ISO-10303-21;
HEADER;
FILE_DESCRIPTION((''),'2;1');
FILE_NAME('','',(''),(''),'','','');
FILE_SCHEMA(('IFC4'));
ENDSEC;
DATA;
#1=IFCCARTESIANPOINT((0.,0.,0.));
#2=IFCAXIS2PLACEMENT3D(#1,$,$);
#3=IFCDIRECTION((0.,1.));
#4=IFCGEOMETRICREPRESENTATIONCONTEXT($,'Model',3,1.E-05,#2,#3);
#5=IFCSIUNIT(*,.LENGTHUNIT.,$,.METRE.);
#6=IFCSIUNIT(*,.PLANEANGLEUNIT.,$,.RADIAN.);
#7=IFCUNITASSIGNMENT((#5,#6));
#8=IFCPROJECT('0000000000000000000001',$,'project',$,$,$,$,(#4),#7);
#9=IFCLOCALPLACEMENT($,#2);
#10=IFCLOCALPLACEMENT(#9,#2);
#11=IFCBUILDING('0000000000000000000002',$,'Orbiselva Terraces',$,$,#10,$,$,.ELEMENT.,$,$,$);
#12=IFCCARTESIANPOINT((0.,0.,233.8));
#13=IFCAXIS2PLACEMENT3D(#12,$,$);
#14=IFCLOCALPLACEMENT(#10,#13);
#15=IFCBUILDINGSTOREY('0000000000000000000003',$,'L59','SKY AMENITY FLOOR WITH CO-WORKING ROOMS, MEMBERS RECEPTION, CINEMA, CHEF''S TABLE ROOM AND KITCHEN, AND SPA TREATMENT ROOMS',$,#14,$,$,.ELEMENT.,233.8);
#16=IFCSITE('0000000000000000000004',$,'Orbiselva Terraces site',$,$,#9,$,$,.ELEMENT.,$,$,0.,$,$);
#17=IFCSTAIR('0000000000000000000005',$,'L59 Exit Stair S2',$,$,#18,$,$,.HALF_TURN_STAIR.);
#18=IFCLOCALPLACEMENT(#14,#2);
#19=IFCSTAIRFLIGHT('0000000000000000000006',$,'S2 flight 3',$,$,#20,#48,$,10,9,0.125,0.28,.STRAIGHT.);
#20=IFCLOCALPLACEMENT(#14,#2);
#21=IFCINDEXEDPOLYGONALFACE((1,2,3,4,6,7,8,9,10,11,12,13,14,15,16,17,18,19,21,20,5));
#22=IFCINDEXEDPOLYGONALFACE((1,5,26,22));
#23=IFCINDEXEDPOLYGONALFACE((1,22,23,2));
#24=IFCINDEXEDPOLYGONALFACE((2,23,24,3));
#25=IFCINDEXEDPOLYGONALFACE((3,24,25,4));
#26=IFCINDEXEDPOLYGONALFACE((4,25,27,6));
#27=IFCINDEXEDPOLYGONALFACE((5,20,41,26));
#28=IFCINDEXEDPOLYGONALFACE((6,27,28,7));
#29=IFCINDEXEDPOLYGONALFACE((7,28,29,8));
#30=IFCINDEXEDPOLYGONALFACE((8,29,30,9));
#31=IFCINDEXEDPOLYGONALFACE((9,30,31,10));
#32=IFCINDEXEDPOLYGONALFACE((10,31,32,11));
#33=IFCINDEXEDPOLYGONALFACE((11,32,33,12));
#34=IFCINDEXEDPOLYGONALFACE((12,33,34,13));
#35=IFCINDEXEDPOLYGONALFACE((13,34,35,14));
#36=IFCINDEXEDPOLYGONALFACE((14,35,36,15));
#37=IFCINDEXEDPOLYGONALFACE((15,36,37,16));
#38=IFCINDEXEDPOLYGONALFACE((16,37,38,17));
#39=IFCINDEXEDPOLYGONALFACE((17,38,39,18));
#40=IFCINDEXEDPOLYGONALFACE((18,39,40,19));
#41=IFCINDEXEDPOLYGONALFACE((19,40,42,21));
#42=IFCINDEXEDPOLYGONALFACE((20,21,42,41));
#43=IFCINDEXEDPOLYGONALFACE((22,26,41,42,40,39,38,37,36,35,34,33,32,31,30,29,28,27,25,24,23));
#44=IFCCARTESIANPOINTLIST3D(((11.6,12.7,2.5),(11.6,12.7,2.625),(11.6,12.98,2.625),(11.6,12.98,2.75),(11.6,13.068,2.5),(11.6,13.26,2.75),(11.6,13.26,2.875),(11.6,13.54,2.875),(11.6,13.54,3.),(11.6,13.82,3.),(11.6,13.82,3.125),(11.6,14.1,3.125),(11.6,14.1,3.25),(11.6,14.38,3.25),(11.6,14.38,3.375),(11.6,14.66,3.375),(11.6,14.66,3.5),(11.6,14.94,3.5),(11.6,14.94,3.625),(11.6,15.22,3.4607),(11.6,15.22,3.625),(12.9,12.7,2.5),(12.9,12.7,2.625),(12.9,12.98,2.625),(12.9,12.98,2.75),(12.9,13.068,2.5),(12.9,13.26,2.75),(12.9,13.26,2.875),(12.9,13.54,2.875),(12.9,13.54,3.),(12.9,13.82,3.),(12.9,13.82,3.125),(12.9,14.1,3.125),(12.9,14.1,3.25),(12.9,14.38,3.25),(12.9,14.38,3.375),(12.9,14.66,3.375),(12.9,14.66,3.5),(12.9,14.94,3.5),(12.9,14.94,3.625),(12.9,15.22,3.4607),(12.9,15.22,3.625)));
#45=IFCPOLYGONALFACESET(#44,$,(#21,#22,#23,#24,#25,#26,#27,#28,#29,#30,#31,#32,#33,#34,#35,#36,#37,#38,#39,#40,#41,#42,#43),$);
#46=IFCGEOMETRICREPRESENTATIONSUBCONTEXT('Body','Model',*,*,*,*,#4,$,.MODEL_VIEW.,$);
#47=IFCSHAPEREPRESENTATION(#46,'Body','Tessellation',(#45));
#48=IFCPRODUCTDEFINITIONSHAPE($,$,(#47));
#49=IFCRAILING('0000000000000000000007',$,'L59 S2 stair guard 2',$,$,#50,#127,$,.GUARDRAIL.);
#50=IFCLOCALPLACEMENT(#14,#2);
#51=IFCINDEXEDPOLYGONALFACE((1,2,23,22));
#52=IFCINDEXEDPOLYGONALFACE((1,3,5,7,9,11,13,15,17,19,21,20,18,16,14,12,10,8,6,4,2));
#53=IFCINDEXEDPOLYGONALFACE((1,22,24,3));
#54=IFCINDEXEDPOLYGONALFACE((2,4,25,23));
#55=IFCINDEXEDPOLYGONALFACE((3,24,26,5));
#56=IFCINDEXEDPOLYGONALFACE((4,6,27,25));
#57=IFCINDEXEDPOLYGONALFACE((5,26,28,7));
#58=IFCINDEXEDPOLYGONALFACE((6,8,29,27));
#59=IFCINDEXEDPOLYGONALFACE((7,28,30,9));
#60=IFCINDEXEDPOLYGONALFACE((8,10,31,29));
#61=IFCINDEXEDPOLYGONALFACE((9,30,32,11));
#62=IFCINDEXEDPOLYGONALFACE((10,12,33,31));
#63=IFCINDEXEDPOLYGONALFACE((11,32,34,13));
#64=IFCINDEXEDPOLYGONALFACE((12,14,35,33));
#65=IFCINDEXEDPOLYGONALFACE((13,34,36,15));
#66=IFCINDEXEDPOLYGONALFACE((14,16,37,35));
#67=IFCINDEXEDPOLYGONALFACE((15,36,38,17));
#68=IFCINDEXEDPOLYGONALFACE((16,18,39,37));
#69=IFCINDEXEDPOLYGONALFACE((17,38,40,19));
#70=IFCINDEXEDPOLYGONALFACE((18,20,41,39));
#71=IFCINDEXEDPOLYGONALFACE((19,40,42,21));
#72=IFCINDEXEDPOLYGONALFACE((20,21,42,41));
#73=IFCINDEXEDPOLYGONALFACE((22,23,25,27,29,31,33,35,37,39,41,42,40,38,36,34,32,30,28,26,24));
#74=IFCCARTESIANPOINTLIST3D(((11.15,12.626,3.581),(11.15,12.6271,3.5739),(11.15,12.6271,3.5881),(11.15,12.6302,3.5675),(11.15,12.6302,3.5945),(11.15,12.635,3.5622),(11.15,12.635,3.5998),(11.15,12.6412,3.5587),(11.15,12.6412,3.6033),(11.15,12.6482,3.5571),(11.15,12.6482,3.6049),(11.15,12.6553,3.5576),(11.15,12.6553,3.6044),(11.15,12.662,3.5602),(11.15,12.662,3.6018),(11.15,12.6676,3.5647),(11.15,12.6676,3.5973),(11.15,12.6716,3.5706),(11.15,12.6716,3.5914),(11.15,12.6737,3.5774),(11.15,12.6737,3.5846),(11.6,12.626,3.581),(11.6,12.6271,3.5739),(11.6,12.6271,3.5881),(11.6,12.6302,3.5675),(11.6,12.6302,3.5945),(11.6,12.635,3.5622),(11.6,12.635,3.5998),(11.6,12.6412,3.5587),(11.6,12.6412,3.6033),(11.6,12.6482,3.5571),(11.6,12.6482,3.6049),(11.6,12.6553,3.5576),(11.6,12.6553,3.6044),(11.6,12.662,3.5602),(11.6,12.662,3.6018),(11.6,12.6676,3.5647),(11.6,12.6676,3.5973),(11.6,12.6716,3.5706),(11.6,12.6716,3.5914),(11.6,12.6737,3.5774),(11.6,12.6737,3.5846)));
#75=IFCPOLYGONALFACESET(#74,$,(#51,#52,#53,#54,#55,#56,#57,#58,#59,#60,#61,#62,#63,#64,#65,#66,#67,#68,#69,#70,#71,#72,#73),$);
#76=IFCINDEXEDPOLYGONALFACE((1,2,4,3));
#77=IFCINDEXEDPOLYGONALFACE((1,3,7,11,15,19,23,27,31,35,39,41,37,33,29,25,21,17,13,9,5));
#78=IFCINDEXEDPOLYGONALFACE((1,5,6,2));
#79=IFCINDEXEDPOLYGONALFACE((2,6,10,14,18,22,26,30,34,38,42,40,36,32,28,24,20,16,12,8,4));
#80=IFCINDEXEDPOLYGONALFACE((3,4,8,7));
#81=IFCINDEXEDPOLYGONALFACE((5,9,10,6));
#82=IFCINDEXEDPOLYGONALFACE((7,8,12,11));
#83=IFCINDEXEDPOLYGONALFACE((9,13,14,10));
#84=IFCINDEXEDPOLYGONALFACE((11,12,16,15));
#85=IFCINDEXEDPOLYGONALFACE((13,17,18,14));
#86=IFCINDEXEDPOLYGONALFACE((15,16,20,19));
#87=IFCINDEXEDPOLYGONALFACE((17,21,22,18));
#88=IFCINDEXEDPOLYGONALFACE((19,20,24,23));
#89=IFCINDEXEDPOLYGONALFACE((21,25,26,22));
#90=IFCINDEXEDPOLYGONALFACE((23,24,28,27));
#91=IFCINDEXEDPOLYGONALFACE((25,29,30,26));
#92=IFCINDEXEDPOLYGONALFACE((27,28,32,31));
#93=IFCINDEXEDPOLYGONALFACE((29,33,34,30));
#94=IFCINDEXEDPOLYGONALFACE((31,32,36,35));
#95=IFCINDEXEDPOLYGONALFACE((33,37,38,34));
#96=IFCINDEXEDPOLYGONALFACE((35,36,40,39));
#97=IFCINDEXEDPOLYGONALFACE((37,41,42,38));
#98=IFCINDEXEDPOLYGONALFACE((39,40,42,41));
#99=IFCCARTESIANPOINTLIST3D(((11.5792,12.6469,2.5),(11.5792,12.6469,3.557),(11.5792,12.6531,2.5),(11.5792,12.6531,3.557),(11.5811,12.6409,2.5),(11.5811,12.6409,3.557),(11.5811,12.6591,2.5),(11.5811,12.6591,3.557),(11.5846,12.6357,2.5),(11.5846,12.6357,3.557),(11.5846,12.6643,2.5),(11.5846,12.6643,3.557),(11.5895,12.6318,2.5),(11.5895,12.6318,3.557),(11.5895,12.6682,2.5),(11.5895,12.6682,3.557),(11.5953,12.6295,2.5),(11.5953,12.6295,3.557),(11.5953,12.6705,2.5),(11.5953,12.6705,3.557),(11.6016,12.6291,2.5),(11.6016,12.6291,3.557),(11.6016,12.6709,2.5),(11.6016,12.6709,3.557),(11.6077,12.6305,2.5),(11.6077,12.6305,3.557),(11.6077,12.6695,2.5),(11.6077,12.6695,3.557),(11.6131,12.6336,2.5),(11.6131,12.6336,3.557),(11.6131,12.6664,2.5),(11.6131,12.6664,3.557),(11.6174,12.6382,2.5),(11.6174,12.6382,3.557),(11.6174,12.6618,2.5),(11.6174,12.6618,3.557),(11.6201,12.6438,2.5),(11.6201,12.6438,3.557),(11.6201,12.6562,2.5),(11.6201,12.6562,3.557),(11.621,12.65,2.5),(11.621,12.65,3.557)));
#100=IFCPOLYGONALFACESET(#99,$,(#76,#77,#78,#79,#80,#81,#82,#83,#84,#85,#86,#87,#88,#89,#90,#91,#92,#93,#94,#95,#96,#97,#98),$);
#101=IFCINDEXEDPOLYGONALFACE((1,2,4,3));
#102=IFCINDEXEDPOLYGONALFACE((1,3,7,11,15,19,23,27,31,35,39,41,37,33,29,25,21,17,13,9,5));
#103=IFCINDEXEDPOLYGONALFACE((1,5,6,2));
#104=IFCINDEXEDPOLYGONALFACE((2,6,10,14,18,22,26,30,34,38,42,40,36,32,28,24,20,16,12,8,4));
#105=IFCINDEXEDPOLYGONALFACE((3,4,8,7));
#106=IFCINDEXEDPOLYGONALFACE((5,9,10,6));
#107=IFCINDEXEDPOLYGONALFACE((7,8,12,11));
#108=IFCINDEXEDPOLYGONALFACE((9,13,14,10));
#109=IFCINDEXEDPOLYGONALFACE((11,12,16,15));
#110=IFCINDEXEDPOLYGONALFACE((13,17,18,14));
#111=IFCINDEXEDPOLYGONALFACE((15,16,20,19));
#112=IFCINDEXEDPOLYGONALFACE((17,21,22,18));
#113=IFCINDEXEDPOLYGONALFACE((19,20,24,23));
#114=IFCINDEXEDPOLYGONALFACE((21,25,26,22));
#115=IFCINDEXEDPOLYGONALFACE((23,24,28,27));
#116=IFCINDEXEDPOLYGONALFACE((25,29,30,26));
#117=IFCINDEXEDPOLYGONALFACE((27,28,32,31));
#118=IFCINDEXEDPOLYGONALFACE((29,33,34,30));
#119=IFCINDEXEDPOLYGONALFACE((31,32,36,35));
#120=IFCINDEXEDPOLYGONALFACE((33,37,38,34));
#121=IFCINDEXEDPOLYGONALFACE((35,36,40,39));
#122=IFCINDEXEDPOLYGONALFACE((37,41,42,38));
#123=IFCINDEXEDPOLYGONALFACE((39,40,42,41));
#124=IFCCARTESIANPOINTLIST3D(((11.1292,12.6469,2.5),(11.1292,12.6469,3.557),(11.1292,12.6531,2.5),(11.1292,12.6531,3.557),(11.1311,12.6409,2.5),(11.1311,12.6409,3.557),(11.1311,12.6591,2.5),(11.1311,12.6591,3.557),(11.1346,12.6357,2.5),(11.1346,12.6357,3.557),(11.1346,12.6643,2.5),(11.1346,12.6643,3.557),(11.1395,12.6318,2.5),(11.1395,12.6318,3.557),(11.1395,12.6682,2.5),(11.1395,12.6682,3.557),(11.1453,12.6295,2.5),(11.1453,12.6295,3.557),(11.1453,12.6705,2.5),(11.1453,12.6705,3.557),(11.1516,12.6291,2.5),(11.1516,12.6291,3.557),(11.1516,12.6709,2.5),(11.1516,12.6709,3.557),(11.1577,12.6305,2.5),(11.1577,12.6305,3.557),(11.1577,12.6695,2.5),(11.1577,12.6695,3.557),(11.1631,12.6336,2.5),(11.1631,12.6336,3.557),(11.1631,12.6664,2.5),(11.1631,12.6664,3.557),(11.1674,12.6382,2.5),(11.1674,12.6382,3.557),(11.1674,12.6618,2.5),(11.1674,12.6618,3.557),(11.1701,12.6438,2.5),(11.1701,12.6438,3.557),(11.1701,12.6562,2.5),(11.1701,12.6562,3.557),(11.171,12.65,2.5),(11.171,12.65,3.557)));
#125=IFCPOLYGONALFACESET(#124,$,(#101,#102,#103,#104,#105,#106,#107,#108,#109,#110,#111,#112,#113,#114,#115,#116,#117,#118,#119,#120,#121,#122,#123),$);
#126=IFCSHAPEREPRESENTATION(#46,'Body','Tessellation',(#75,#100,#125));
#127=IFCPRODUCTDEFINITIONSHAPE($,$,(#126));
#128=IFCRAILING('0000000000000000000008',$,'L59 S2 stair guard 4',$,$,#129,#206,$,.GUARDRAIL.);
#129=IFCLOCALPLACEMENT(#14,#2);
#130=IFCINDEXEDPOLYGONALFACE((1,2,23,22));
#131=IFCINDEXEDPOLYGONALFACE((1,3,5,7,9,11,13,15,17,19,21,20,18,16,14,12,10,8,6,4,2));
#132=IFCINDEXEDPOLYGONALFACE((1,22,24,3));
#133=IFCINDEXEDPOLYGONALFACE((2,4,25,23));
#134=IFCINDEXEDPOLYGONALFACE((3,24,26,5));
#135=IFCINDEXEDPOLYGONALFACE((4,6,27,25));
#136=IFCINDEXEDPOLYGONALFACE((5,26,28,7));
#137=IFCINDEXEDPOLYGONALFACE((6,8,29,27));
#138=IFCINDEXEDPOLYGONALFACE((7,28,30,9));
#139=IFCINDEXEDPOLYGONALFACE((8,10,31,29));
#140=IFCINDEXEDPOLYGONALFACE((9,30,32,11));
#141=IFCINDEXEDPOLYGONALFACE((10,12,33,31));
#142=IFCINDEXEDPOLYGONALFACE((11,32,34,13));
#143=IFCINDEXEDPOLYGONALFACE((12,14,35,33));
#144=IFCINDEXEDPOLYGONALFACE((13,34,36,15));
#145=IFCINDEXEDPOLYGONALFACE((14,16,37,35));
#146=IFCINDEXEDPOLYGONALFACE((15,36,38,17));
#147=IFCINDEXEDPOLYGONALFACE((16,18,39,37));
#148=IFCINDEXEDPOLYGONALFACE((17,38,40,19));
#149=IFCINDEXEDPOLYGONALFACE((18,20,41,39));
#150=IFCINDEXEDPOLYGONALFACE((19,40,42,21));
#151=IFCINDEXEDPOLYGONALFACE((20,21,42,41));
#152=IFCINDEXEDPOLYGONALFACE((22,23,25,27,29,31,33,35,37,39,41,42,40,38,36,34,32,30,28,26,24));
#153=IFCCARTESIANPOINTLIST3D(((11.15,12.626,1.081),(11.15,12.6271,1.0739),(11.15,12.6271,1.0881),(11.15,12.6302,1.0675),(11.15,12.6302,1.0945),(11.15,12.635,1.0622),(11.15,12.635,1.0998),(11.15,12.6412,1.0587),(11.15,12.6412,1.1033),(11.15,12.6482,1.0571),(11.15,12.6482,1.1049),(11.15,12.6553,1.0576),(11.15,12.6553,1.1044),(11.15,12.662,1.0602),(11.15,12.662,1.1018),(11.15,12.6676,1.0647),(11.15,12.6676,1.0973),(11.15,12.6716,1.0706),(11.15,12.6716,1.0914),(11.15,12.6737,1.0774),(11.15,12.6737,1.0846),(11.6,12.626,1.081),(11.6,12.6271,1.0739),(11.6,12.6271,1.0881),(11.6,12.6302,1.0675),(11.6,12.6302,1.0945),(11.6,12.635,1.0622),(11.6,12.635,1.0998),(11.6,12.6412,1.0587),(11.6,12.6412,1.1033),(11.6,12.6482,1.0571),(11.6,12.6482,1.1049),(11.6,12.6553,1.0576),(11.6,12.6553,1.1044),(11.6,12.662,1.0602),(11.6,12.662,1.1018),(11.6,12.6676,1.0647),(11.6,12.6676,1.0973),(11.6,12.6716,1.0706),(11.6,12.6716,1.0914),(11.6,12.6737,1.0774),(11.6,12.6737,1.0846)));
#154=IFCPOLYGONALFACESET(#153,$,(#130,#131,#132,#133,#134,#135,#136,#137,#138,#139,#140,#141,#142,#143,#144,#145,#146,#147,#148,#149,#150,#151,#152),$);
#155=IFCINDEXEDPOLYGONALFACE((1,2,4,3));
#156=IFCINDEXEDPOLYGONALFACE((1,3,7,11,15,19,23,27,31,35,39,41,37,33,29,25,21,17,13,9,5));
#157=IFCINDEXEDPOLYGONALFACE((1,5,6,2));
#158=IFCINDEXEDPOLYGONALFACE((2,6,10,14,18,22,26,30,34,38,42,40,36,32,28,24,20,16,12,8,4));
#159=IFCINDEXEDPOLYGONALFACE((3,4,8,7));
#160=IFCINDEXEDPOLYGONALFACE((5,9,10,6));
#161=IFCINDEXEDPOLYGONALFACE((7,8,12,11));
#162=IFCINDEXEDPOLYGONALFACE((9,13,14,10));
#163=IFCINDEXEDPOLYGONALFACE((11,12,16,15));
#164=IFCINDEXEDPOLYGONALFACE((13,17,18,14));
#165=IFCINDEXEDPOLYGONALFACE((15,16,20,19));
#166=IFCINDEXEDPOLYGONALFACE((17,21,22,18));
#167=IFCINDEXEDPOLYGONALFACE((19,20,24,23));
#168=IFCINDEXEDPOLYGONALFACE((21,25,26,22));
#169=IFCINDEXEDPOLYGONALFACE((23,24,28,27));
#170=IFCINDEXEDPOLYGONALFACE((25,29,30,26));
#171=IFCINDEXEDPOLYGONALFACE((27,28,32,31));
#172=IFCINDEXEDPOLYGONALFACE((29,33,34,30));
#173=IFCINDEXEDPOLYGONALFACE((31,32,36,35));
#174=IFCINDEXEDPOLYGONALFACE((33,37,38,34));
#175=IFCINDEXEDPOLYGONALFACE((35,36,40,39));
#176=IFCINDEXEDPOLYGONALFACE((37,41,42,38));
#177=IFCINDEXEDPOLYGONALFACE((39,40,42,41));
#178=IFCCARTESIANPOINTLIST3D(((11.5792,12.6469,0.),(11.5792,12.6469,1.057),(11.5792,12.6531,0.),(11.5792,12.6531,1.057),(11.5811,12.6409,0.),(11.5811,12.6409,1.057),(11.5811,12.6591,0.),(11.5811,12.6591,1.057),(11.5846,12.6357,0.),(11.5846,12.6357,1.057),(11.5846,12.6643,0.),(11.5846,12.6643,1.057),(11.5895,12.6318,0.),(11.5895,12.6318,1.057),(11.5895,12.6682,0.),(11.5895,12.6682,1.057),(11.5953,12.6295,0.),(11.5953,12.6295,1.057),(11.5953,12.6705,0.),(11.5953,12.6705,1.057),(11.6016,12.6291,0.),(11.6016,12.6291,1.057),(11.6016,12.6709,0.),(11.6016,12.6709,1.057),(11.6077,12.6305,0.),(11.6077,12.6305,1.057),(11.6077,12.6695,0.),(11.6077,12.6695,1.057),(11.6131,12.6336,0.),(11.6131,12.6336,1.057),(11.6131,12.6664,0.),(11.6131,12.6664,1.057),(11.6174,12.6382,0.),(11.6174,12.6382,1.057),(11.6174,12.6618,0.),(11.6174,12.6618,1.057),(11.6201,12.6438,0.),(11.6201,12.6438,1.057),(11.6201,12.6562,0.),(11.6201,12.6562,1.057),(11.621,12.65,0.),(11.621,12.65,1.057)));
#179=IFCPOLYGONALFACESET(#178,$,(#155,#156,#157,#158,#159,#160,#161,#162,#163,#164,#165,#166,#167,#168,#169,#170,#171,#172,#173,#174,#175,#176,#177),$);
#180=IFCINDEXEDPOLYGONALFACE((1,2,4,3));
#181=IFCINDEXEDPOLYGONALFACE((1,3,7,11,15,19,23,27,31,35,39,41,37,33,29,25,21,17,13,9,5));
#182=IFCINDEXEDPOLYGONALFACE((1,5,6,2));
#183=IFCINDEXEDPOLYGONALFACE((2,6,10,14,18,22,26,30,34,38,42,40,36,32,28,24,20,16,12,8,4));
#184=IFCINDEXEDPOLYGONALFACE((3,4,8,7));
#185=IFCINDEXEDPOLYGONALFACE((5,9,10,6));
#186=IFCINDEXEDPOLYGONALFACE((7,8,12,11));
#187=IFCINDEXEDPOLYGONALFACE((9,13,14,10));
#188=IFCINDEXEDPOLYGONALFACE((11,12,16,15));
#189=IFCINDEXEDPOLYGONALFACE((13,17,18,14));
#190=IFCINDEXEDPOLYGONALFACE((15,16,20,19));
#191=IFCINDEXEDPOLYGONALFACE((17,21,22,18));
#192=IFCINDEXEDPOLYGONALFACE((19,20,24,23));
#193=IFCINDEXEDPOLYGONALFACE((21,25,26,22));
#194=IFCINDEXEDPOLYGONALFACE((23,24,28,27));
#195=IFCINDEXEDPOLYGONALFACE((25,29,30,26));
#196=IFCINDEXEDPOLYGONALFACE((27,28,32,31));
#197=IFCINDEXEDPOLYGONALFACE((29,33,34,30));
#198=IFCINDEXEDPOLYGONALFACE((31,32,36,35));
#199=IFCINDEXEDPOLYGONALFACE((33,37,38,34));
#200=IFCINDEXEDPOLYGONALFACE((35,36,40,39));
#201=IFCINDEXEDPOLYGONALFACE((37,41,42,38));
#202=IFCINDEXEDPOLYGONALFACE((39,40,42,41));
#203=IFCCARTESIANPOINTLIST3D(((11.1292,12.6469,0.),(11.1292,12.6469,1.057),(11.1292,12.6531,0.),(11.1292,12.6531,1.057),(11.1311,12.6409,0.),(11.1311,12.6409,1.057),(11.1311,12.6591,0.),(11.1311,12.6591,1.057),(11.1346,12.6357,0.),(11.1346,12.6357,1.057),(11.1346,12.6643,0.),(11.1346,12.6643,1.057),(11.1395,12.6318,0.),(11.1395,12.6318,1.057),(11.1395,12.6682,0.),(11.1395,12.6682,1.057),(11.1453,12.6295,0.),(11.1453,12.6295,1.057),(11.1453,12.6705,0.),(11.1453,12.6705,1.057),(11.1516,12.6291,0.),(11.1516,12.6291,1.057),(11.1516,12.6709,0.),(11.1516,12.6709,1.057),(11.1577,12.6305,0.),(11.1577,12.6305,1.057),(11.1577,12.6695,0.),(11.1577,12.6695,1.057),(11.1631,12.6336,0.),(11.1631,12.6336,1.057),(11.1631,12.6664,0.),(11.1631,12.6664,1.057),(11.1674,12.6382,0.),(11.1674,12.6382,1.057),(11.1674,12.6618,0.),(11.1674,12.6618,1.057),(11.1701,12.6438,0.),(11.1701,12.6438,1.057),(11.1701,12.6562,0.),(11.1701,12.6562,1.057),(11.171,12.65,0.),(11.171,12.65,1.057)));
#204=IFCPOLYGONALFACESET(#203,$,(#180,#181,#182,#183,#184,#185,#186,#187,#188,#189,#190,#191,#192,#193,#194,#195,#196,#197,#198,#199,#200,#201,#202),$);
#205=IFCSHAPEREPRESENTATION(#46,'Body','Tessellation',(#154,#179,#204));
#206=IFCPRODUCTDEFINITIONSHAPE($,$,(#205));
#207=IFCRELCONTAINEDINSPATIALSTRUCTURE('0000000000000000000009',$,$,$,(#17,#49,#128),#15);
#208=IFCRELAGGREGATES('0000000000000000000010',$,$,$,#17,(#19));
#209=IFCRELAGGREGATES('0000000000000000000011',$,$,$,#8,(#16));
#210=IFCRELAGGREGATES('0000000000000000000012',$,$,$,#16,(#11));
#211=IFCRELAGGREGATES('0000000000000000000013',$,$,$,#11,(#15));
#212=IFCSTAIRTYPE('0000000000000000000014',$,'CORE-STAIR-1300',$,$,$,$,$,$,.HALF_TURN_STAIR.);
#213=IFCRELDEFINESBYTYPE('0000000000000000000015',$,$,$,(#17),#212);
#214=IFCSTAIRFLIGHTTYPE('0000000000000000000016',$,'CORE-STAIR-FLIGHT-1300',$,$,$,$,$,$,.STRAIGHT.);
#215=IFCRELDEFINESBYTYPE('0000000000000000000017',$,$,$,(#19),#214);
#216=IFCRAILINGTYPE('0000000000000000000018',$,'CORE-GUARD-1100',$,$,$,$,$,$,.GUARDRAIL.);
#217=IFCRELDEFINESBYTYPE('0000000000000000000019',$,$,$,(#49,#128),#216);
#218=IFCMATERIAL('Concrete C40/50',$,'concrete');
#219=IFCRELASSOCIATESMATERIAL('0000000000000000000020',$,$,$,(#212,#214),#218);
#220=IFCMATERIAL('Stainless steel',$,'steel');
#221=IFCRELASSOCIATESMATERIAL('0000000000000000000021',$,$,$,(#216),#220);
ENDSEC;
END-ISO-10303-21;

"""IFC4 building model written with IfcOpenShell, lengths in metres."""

from ifc_helpers import new_model, si_unit, direction, frame, origin, origin_2d, place, context, subcontext, project, spatial, polyline, circle, outline, extrude, material, type_object, element, aggregate, save


model = new_model("IFC4")

# Units and contexts
model_context = context("Model", 3, precision=1e-05, world=origin(), true_north=direction((0.0, 1.0)))
body_context = subcontext(model_context, "Body", "Model", "MODEL_VIEW")
ifc_project = project(units=[si_unit("LENGTHUNIT", "METRE"), si_unit("PLANEANGLEUNIT", "RADIAN")], contexts=[model_context])

# Site, building, storey
site_placement = place(None, origin())
site = spatial("IfcSite", under=ifc_project, at=site_placement, Name="Orbiselva Terraces site", CompositionType="ELEMENT", RefElevation=0.0)
building_placement = place(site_placement, origin())
building = spatial("IfcBuilding", under=site, at=building_placement, Name="Orbiselva Terraces", CompositionType="ELEMENT")
storey_placement = place(building_placement, frame((0.0, 0.0, 233.8)))
storey = spatial("IfcBuildingStorey", under=building, at=storey_placement, Name="L59", Description="SKY AMENITY FLOOR WITH CO-WORKING ROOMS, MEMBERS RECEPTION, CINEMA, CHEF'S TABLE ROOM AND KITCHEN, AND SPA TREATMENT ROOMS", CompositionType="ELEMENT", Elevation=233.8)

# Stair, stair flight
ifc_material_1 = material(Name="Concrete C40/50", Category="concrete")
stair_type = type_object("IfcStairType", Name="CORE-STAIR-1300", PredefinedType="HALF_TURN_STAIR", material=ifc_material_1)
stair_placement = place(storey_placement, origin())
stair = element("IfcStair", 1, at=stair_placement, inside=storey, type_object=stair_type, Name="L59 Exit Stair S2", PredefinedType="HALF_TURN_STAIR")
stair_flight_type = type_object("IfcStairFlightType", Name="CORE-STAIR-FLIGHT-1300", PredefinedType="STRAIGHT", material=ifc_material_1)
stair_flight_1_placement = place(storey_placement, frame((12.25, 12.7, 2.5), z_axis=(0.0, 0.0, 1.0), x_axis=(0.0, 1.0, 0.0)))
stair_flight_1 = element("IfcStairFlight", 2, at=stair_flight_1_placement, type_object=stair_flight_type, Name="S2 flight 3", NumberOfRisers=10, NumberOfTreads=9, PredefinedType="STRAIGHT", RiserHeight=0.125, TreadLength=0.28, context=body_context, shape_type="SweptSolid", body=[
    extrude(outline(polyline([(0.0, 0.0), (0.0, 0.125), (0.28, 0.125), (0.28, 0.25), (0.56, 0.25), (0.56, 0.375), (0.84, 0.375), (0.84, 0.5), (1.12, 0.5), (1.12, 0.625), (1.4, 0.625), (1.4, 0.75), (1.68, 0.75), (1.68, 0.875), (1.96, 0.875), (1.96, 1.0), (2.24, 1.0), (2.24, 1.125), (2.52, 1.125), (2.52, 1.25), (2.52, 0.9607), (0.368, 0.0), (0.0, 0.0)])), frame((0.0, 0.65, 0.0), z_axis=(0.0, -1.0, 0.0), x_axis=(1.0, 0.0, 0.0)), (0.0, 0.0, 1.0), 1.3),
])
aggregate(stair, [stair_flight_1])

# Railings
ifc_material_2 = material(Name="Stainless steel", Category="steel")
railing_type_1 = type_object("IfcRailingType", Name="CORE-GUARD-1100", PredefinedType="GUARDRAIL", material=ifc_material_2)
railing_1_placement = place(storey_placement, frame((11.6, 12.65, 2.5)))
element("IfcRailing", 3, at=railing_1_placement, inside=storey, type_object=railing_type_1, Name="L59 S2 stair guard 2", PredefinedType="GUARDRAIL", context=body_context, shape_type="SweptSolid", body=[
    extrude(circle(Radius=0.024, at=origin_2d()), frame((0.0, 0.0, 1.081), z_axis=(-1.0, 0.0, 0.0), x_axis=(0.0, -1.0, 0.0)), (0.0, 0.0, 1.0), 0.45),
    extrude(circle(Radius=0.021, at=origin_2d()), origin(), (0.0, 0.0, 1.0), 1.057),
    extrude(circle(Radius=0.021, at=origin_2d()), frame((-0.45, 0.0, 0.0)), (0.0, 0.0, 1.0), 1.057),
])
railing_2_placement = place(storey_placement, frame((11.6, 12.65, 0.0)))
element("IfcRailing", 4, at=railing_2_placement, inside=storey, type_object=railing_type_1, Name="L59 S2 stair guard 4", PredefinedType="GUARDRAIL", context=body_context, shape_type="SweptSolid", body=[
    extrude(circle(Radius=0.024, at=origin_2d()), frame((0.0, 0.0, 1.081), z_axis=(-1.0, 0.0, 0.0), x_axis=(0.0, -1.0, 0.0)), (0.0, 0.0, 1.0), 0.45),
    extrude(circle(Radius=0.021, at=origin_2d()), origin(), (0.0, 0.0, 1.0), 1.057),
    extrude(circle(Radius=0.021, at=origin_2d()), frame((-0.45, 0.0, 0.0)), (0.0, 0.0, 1.0), 1.057),
])

save(model, "model.ifc")
